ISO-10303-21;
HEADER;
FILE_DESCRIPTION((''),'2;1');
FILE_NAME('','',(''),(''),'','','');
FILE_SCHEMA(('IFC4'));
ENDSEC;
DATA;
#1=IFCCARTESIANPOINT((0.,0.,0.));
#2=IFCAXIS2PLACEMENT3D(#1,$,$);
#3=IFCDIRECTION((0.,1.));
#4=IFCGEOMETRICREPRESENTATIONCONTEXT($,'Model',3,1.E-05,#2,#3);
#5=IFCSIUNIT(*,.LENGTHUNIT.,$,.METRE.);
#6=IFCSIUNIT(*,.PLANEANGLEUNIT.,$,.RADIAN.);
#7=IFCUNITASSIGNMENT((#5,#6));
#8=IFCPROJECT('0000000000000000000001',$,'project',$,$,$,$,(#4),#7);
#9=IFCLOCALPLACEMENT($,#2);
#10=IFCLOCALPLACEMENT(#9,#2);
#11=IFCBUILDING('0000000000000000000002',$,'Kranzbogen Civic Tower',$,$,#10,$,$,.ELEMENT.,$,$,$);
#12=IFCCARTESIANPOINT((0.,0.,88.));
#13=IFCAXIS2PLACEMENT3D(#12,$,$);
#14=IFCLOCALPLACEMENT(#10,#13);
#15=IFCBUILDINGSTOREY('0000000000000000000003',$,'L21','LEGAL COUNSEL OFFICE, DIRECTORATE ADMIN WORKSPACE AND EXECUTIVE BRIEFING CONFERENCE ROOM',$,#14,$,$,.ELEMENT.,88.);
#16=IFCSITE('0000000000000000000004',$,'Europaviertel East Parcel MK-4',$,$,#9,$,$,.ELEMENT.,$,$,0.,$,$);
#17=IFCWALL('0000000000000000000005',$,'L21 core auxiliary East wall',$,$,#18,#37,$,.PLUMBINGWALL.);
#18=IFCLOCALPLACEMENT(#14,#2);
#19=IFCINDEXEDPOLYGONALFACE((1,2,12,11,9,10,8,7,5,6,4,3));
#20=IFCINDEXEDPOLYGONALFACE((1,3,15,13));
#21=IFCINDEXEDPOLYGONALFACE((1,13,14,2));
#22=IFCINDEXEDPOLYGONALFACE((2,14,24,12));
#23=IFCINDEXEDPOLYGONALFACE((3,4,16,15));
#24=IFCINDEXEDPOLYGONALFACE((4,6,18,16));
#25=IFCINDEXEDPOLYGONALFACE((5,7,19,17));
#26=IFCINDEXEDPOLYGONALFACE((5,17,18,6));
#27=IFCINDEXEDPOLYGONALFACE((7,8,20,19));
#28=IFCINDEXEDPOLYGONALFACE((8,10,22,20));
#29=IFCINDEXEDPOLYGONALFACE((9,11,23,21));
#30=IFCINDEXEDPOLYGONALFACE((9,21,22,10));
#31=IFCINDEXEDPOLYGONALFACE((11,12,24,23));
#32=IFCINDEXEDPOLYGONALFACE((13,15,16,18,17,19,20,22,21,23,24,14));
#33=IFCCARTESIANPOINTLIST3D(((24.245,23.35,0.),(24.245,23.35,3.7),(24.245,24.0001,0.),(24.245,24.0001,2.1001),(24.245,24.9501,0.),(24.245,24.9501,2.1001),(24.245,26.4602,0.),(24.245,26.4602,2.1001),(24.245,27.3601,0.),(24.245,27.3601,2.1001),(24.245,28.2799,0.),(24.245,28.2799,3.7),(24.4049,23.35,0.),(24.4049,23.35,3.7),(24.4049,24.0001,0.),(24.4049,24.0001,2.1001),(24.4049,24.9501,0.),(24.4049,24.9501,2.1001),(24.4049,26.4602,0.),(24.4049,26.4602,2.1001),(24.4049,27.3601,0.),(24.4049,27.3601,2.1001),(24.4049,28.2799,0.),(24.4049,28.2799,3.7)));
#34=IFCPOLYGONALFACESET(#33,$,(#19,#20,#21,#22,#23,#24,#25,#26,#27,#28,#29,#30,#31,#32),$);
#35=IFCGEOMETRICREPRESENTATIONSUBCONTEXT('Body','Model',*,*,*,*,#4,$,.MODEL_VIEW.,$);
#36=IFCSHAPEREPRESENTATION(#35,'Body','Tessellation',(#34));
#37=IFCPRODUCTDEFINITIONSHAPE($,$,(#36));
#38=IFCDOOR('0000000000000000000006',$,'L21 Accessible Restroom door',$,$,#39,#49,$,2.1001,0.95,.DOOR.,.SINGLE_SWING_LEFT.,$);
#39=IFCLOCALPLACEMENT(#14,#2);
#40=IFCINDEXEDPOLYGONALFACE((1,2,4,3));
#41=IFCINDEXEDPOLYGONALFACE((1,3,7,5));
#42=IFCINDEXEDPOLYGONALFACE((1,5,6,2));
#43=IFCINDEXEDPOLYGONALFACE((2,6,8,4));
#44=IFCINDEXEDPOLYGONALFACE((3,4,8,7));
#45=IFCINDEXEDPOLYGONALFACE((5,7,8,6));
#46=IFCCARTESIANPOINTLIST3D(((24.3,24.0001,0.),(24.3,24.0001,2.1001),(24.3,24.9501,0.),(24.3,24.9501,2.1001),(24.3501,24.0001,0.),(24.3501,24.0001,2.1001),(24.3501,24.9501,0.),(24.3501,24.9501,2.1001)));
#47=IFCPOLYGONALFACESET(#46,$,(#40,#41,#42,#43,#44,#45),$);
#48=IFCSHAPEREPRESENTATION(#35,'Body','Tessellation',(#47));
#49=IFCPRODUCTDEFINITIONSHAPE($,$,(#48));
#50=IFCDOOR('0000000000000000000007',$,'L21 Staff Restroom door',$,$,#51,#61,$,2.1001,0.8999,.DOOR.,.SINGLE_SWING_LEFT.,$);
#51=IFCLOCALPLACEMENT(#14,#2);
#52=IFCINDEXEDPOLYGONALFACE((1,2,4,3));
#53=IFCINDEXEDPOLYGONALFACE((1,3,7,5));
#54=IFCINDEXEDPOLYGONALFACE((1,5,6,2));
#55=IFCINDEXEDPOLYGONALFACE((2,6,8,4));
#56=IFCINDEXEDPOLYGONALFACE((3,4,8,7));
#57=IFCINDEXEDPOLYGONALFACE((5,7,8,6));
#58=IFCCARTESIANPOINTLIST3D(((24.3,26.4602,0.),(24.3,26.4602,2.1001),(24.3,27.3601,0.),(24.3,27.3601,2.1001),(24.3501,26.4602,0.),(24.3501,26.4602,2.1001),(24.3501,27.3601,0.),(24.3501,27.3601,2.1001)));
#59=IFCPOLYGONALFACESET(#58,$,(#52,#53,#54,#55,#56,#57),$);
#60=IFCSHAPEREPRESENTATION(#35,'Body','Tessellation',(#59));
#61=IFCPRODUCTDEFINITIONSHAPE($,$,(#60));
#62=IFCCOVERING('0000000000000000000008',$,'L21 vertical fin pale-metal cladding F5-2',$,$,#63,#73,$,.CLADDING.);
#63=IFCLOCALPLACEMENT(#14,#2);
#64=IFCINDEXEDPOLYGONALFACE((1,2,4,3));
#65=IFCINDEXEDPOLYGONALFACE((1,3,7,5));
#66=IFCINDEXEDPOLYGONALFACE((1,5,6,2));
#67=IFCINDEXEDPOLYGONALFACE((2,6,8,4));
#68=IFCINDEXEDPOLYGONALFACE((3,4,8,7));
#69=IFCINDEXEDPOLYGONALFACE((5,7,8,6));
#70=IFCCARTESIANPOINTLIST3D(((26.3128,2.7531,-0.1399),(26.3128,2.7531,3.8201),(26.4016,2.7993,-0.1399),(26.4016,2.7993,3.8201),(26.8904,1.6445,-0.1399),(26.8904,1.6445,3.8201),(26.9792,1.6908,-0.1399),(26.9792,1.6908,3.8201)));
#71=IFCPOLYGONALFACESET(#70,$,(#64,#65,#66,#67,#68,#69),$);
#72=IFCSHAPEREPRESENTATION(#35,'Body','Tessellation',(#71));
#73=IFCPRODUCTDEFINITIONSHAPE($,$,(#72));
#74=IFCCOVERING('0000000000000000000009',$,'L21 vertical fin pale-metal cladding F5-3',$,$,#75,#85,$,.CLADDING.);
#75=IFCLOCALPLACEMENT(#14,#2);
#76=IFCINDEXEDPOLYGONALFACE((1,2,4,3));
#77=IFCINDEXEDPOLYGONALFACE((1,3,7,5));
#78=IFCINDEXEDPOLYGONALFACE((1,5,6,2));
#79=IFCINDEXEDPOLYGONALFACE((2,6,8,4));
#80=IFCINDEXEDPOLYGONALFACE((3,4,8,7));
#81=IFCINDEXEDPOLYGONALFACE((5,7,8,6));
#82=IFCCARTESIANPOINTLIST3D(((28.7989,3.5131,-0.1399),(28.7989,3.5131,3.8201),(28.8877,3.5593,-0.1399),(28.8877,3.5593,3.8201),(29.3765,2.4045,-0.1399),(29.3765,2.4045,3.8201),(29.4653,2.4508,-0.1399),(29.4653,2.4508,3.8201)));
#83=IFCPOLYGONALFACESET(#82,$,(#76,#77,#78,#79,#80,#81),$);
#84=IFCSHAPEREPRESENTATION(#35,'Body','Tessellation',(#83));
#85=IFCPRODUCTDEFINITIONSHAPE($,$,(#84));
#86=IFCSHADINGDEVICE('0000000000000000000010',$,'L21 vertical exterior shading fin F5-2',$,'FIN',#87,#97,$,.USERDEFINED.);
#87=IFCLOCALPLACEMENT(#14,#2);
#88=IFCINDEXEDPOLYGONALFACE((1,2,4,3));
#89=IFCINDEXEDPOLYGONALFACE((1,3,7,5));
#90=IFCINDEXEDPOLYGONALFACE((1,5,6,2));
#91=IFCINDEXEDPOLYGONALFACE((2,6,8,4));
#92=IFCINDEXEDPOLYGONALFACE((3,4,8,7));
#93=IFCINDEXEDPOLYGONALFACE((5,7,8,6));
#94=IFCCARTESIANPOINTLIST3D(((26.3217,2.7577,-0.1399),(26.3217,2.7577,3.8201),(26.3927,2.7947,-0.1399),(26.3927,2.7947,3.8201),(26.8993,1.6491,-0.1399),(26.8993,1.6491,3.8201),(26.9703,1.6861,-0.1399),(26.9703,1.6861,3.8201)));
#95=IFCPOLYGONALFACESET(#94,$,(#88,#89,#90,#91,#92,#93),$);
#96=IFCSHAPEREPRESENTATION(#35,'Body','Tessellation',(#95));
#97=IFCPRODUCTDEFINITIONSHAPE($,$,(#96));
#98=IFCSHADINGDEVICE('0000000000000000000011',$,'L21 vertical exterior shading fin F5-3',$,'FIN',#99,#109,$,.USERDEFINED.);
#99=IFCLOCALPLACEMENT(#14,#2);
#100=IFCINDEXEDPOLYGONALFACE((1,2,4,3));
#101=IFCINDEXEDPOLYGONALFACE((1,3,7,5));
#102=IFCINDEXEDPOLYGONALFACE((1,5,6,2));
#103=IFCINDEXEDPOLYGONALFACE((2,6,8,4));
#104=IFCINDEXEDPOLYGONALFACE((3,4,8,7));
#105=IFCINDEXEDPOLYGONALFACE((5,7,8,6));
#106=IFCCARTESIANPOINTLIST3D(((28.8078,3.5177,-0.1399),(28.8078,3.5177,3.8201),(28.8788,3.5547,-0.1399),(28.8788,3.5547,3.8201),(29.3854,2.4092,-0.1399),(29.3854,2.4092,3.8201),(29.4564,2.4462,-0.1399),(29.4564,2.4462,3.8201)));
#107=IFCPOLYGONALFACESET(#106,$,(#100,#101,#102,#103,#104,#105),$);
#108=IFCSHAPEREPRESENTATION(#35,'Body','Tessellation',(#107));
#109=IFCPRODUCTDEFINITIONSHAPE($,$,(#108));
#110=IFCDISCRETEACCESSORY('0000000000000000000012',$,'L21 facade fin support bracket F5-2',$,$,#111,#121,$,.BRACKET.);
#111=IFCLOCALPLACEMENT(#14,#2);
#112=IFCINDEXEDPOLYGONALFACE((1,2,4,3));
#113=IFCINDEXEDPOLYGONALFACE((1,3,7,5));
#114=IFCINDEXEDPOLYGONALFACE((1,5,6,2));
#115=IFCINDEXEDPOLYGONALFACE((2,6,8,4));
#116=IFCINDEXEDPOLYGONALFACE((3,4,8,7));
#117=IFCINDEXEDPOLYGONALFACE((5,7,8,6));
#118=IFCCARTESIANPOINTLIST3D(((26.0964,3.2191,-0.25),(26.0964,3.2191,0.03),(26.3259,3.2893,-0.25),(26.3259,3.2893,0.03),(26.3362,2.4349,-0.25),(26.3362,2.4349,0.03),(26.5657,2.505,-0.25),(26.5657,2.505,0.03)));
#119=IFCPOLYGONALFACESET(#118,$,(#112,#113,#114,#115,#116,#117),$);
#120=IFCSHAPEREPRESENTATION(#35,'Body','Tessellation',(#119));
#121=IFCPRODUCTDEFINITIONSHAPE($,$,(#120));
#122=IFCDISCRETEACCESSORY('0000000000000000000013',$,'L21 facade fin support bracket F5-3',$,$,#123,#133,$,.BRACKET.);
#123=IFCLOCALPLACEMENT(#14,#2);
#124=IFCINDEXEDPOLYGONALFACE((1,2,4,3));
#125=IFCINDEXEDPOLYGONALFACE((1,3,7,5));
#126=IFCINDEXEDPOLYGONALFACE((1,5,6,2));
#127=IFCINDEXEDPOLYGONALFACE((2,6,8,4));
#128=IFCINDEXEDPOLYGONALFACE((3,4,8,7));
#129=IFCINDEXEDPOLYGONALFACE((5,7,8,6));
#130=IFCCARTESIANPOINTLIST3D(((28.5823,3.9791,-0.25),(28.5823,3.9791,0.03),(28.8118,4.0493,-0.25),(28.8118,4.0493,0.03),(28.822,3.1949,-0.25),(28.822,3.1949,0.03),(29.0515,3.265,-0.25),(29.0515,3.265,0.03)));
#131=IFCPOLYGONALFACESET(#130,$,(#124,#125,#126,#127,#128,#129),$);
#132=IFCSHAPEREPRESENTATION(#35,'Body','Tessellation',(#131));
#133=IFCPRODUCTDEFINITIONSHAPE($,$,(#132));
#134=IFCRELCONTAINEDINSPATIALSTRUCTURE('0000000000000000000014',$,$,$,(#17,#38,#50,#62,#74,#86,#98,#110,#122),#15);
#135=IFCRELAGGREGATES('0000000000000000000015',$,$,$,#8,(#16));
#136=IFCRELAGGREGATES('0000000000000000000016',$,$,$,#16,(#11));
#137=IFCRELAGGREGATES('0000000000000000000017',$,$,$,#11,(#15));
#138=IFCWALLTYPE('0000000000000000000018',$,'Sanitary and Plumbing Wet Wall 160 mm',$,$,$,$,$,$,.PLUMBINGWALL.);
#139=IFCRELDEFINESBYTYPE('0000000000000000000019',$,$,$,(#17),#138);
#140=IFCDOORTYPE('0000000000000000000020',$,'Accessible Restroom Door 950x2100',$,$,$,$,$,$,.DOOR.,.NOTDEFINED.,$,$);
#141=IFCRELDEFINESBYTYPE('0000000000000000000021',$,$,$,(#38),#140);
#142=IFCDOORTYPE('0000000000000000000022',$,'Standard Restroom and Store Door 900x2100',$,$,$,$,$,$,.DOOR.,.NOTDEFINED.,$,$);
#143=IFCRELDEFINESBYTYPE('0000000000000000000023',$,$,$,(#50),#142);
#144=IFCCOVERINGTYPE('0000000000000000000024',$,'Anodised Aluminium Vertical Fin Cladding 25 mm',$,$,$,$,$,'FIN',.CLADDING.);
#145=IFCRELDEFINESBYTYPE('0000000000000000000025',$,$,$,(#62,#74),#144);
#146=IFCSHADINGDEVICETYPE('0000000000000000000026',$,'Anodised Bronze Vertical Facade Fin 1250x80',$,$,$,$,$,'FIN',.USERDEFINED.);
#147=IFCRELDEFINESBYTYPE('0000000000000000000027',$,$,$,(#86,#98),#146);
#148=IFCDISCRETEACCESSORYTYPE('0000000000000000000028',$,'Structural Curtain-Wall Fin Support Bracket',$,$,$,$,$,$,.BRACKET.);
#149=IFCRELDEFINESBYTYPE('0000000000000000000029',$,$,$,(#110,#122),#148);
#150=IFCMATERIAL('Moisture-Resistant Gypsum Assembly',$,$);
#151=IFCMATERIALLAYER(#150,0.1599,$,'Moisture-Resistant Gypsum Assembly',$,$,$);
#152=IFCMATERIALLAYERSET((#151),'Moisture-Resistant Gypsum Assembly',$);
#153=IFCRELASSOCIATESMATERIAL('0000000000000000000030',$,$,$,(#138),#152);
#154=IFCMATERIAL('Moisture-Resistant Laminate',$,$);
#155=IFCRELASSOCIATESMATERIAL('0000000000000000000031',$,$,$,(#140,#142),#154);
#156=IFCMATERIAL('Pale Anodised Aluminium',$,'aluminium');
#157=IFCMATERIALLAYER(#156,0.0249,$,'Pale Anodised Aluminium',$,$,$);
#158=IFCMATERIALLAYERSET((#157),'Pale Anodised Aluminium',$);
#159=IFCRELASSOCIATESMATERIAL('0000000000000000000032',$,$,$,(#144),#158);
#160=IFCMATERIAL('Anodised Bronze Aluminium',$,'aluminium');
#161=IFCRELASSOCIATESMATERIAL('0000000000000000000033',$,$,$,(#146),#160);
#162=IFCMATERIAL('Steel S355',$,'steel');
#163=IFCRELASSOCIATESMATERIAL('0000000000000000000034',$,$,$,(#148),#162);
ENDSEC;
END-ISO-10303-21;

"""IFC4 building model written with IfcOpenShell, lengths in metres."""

from ifc_helpers import new_model, si_unit, direction, frame, frame_2d, origin, origin_2d, place, context, subcontext, project, spatial, rectangle, extrude, material, layer, layer_set, type_object, element, fill, save


model = new_model("IFC4")

# Units and contexts
model_context = context("Model", 3, precision=1e-05, world=origin(), true_north=direction((0.0, 1.0)))
body_context = subcontext(model_context, "Body", "Model", "MODEL_VIEW")
ifc_project = project(units=[si_unit("LENGTHUNIT", "METRE"), si_unit("PLANEANGLEUNIT", "RADIAN")], contexts=[model_context])

# Site, building, storey
site_placement = place(None, origin())
site = spatial("IfcSite", under=ifc_project, at=site_placement, Name="Europaviertel East Parcel MK-4", CompositionType="ELEMENT", RefElevation=0.0)
building_placement = place(site_placement, origin())
building = spatial("IfcBuilding", under=site, at=building_placement, Name="Kranzbogen Civic Tower", CompositionType="ELEMENT")
storey_placement = place(building_placement, frame((0.0, 0.0, 88.0)))
storey = spatial("IfcBuildingStorey", under=building, at=storey_placement, Name="L21", Description="LEGAL COUNSEL OFFICE, DIRECTORATE ADMIN WORKSPACE AND EXECUTIVE BRIEFING CONFERENCE ROOM", CompositionType="ELEMENT", Elevation=88.0)

# Shared definitions
ifc_material_1 = material(Name="Pale Anodised Aluminium", Category="aluminium")

# Shared definitions
ifc_material_2 = material(Name="Steel S355", Category="steel")

# Wall, openings, doors
ifc_material_3 = material(Name="Moisture-Resistant Gypsum Assembly")
ifc_layer_1 = layer(ifc_material_3, 0.1599, Name="Moisture-Resistant Gypsum Assembly")
ifc_layer_set_1 = layer_set([ifc_layer_1], Name="Moisture-Resistant Gypsum Assembly")
wall_type_1 = type_object("IfcWallType", Name="Sanitary and Plumbing Wet Wall 160 mm", PredefinedType="PLUMBINGWALL", material=ifc_layer_set_1)
wall_1_placement = place(storey_placement, frame((24.325, 23.3501, 0.0), z_axis=(0.0, 0.0, 1.0), x_axis=(0.0, 1.0, 0.0)))
wall_1 = element("IfcWall", 1, at=wall_1_placement, inside=storey, type_object=wall_type_1, Name="L21 core auxiliary East wall", PredefinedType="PLUMBINGWALL", context=body_context, shape_type="SweptSolid", body=[
    extrude(rectangle(XDim=4.9299, YDim=0.1599, at=frame_2d((2.4648, 0.0))), origin(), (0.0, 0.0, 1.0), 3.7),
])
opening_1_placement = place(wall_1_placement, frame((0.6499, 0.0, 0.0)))
opening_1 = element("IfcOpeningElement", 2, at=opening_1_placement, cuts=wall_1, PredefinedType="OPENING", context=body_context, shape_type="SweptSolid", body=[
    extrude(rectangle(XDim=0.95, YDim=2.1001, at=frame_2d((0.4751, 1.05))), frame((0.0, 0.0898, 0.0), z_axis=(0.0, -1.0, 0.0), x_axis=(1.0, 0.0, 0.0)), (0.0, 0.0, 1.0), 0.1799),
])
opening_2_placement = place(wall_1_placement, frame((3.1101, 0.0, 0.0)))
opening_2 = element("IfcOpeningElement", 3, at=opening_2_placement, cuts=wall_1, PredefinedType="OPENING", context=body_context, shape_type="SweptSolid", body=[
    extrude(rectangle(XDim=0.8999, YDim=2.1001, at=frame_2d((0.45, 1.05))), frame((0.0, 0.0898, 0.0), z_axis=(0.0, -1.0, 0.0), x_axis=(1.0, 0.0, 0.0)), (0.0, 0.0, 1.0), 0.1799),
])
ifc_material_4 = material(Name="Moisture-Resistant Laminate")
door_type_1 = type_object("IfcDoorType", Name="Accessible Restroom Door 950x2100", OperationType="NOTDEFINED", PredefinedType="DOOR", material=ifc_material_4)
door_1_placement = place(opening_1_placement, origin())
door_1 = element("IfcDoor", 4, at=door_1_placement, inside=storey, type_object=door_type_1, Name="L21 Accessible Restroom door", OperationType="SINGLE_SWING_LEFT", OverallHeight=2.1001, OverallWidth=0.95, PredefinedType="DOOR", context=body_context, shape_type="SweptSolid", body=[
    extrude(rectangle(XDim=0.95, YDim=2.1001, at=frame_2d((0.4751, 1.05))), frame((0.0, 0.0249, 0.0), z_axis=(0.0, -1.0, 0.0), x_axis=(1.0, 0.0, 0.0)), (0.0, 0.0, 1.0), 0.05),
])
fill(opening_1, door_1)
door_type_2 = type_object("IfcDoorType", Name="Standard Restroom and Store Door 900x2100", OperationType="NOTDEFINED", PredefinedType="DOOR", material=ifc_material_4)
door_2_placement = place(opening_2_placement, origin())
door_2 = element("IfcDoor", 5, at=door_2_placement, inside=storey, type_object=door_type_2, Name="L21 Staff Restroom door", OperationType="SINGLE_SWING_LEFT", OverallHeight=2.1001, OverallWidth=0.8999, PredefinedType="DOOR", context=body_context, shape_type="SweptSolid", body=[
    extrude(rectangle(XDim=0.8999, YDim=2.1001, at=frame_2d((0.45, 1.05))), frame((0.0, 0.0249, 0.0), z_axis=(0.0, -1.0, 0.0), x_axis=(1.0, 0.0, 0.0)), (0.0, 0.0, 1.0), 0.05),
])
fill(opening_2, door_2)

# Coverings
ifc_layer_2 = layer(ifc_material_1, 0.0249, Name="Pale Anodised Aluminium")
ifc_layer_set_2 = layer_set([ifc_layer_2], Name="Pale Anodised Aluminium")
covering_type = type_object("IfcCoveringType", Name="Anodised Aluminium Vertical Fin Cladding 25 mm", ElementType="FIN", PredefinedType="CLADDING", material=ifc_layer_set_2)
for number, where, z_axis, x_axis, name in (
    (6, (26.646, 2.2219, -0.1399), (0.0, 0.0, 1.0), (0.462074, -0.886842, 0.0), "L21 vertical fin pale-metal cladding F5-2"),
    (7, (29.1321, 2.9819, -0.1399), (0.0, 0.0, 1.0), (0.462074, -0.886842, 0.0), "L21 vertical fin pale-metal cladding F5-3"),
):
    element("IfcCovering", number, at=place(storey_placement, frame(where, z_axis=z_axis, x_axis=x_axis)), inside=storey, type_object=covering_type, Name=name, PredefinedType="CLADDING", context=body_context, shape_type="SweptSolid", body=[
        extrude(rectangle(XDim=1.25, YDim=0.1001, at=origin_2d()), origin(), (0.0, 0.0, 1.0), 3.96),
    ])

# Shading devices
ifc_material_5 = material(Name="Anodised Bronze Aluminium", Category="aluminium")
shading_device_type = type_object("IfcShadingDeviceType", Name="Anodised Bronze Vertical Facade Fin 1250x80", ElementType="FIN", PredefinedType="USERDEFINED", material=ifc_material_5)
for number, where, z_axis, x_axis, name in (
    (8, (26.646, 2.2219, -0.1399), (0.0, 0.0, 1.0), (0.462074, -0.886842, 0.0), "L21 vertical exterior shading fin F5-2"),
    (9, (29.1321, 2.9819, -0.1399), (0.0, 0.0, 1.0), (0.462074, -0.886842, 0.0), "L21 vertical exterior shading fin F5-3"),
):
    element("IfcShadingDevice", number, at=place(storey_placement, frame(where, z_axis=z_axis, x_axis=x_axis)), inside=storey, type_object=shading_device_type, Name=name, ObjectType="FIN", PredefinedType="USERDEFINED", context=body_context, shape_type="SweptSolid", body=[
        extrude(rectangle(XDim=1.25, YDim=0.0801, at=origin_2d()), origin(), (0.0, 0.0, 1.0), 3.96),
    ])

# Discrete accessories
discrete_accessory_type = type_object("IfcDiscreteAccessoryType", Name="Structural Curtain-Wall Fin Support Bracket", PredefinedType="BRACKET", material=ifc_material_2)
for number, where, z_axis, x_axis, name in (
    (10, (26.3311, 2.8621, -0.25), (0.0, 0.0, 1.0), (0.292372, -0.956305, 0.0), "L21 facade fin support bracket F5-2"),
    (11, (28.8169, 3.6221, -0.25), (0.0, 0.0, 1.0), (0.292372, -0.956305, 0.0), "L21 facade fin support bracket F5-3"),
):
    element("IfcDiscreteAccessory", number, at=place(storey_placement, frame(where, z_axis=z_axis, x_axis=x_axis)), inside=storey, type_object=discrete_accessory_type, Name=name, PredefinedType="BRACKET", context=body_context, shape_type="SweptSolid", body=[
        extrude(rectangle(XDim=0.8201, YDim=0.24, at=origin_2d()), origin(), (0.0, 0.0, 1.0), 0.28),
    ])

save(model, "model.ifc")
